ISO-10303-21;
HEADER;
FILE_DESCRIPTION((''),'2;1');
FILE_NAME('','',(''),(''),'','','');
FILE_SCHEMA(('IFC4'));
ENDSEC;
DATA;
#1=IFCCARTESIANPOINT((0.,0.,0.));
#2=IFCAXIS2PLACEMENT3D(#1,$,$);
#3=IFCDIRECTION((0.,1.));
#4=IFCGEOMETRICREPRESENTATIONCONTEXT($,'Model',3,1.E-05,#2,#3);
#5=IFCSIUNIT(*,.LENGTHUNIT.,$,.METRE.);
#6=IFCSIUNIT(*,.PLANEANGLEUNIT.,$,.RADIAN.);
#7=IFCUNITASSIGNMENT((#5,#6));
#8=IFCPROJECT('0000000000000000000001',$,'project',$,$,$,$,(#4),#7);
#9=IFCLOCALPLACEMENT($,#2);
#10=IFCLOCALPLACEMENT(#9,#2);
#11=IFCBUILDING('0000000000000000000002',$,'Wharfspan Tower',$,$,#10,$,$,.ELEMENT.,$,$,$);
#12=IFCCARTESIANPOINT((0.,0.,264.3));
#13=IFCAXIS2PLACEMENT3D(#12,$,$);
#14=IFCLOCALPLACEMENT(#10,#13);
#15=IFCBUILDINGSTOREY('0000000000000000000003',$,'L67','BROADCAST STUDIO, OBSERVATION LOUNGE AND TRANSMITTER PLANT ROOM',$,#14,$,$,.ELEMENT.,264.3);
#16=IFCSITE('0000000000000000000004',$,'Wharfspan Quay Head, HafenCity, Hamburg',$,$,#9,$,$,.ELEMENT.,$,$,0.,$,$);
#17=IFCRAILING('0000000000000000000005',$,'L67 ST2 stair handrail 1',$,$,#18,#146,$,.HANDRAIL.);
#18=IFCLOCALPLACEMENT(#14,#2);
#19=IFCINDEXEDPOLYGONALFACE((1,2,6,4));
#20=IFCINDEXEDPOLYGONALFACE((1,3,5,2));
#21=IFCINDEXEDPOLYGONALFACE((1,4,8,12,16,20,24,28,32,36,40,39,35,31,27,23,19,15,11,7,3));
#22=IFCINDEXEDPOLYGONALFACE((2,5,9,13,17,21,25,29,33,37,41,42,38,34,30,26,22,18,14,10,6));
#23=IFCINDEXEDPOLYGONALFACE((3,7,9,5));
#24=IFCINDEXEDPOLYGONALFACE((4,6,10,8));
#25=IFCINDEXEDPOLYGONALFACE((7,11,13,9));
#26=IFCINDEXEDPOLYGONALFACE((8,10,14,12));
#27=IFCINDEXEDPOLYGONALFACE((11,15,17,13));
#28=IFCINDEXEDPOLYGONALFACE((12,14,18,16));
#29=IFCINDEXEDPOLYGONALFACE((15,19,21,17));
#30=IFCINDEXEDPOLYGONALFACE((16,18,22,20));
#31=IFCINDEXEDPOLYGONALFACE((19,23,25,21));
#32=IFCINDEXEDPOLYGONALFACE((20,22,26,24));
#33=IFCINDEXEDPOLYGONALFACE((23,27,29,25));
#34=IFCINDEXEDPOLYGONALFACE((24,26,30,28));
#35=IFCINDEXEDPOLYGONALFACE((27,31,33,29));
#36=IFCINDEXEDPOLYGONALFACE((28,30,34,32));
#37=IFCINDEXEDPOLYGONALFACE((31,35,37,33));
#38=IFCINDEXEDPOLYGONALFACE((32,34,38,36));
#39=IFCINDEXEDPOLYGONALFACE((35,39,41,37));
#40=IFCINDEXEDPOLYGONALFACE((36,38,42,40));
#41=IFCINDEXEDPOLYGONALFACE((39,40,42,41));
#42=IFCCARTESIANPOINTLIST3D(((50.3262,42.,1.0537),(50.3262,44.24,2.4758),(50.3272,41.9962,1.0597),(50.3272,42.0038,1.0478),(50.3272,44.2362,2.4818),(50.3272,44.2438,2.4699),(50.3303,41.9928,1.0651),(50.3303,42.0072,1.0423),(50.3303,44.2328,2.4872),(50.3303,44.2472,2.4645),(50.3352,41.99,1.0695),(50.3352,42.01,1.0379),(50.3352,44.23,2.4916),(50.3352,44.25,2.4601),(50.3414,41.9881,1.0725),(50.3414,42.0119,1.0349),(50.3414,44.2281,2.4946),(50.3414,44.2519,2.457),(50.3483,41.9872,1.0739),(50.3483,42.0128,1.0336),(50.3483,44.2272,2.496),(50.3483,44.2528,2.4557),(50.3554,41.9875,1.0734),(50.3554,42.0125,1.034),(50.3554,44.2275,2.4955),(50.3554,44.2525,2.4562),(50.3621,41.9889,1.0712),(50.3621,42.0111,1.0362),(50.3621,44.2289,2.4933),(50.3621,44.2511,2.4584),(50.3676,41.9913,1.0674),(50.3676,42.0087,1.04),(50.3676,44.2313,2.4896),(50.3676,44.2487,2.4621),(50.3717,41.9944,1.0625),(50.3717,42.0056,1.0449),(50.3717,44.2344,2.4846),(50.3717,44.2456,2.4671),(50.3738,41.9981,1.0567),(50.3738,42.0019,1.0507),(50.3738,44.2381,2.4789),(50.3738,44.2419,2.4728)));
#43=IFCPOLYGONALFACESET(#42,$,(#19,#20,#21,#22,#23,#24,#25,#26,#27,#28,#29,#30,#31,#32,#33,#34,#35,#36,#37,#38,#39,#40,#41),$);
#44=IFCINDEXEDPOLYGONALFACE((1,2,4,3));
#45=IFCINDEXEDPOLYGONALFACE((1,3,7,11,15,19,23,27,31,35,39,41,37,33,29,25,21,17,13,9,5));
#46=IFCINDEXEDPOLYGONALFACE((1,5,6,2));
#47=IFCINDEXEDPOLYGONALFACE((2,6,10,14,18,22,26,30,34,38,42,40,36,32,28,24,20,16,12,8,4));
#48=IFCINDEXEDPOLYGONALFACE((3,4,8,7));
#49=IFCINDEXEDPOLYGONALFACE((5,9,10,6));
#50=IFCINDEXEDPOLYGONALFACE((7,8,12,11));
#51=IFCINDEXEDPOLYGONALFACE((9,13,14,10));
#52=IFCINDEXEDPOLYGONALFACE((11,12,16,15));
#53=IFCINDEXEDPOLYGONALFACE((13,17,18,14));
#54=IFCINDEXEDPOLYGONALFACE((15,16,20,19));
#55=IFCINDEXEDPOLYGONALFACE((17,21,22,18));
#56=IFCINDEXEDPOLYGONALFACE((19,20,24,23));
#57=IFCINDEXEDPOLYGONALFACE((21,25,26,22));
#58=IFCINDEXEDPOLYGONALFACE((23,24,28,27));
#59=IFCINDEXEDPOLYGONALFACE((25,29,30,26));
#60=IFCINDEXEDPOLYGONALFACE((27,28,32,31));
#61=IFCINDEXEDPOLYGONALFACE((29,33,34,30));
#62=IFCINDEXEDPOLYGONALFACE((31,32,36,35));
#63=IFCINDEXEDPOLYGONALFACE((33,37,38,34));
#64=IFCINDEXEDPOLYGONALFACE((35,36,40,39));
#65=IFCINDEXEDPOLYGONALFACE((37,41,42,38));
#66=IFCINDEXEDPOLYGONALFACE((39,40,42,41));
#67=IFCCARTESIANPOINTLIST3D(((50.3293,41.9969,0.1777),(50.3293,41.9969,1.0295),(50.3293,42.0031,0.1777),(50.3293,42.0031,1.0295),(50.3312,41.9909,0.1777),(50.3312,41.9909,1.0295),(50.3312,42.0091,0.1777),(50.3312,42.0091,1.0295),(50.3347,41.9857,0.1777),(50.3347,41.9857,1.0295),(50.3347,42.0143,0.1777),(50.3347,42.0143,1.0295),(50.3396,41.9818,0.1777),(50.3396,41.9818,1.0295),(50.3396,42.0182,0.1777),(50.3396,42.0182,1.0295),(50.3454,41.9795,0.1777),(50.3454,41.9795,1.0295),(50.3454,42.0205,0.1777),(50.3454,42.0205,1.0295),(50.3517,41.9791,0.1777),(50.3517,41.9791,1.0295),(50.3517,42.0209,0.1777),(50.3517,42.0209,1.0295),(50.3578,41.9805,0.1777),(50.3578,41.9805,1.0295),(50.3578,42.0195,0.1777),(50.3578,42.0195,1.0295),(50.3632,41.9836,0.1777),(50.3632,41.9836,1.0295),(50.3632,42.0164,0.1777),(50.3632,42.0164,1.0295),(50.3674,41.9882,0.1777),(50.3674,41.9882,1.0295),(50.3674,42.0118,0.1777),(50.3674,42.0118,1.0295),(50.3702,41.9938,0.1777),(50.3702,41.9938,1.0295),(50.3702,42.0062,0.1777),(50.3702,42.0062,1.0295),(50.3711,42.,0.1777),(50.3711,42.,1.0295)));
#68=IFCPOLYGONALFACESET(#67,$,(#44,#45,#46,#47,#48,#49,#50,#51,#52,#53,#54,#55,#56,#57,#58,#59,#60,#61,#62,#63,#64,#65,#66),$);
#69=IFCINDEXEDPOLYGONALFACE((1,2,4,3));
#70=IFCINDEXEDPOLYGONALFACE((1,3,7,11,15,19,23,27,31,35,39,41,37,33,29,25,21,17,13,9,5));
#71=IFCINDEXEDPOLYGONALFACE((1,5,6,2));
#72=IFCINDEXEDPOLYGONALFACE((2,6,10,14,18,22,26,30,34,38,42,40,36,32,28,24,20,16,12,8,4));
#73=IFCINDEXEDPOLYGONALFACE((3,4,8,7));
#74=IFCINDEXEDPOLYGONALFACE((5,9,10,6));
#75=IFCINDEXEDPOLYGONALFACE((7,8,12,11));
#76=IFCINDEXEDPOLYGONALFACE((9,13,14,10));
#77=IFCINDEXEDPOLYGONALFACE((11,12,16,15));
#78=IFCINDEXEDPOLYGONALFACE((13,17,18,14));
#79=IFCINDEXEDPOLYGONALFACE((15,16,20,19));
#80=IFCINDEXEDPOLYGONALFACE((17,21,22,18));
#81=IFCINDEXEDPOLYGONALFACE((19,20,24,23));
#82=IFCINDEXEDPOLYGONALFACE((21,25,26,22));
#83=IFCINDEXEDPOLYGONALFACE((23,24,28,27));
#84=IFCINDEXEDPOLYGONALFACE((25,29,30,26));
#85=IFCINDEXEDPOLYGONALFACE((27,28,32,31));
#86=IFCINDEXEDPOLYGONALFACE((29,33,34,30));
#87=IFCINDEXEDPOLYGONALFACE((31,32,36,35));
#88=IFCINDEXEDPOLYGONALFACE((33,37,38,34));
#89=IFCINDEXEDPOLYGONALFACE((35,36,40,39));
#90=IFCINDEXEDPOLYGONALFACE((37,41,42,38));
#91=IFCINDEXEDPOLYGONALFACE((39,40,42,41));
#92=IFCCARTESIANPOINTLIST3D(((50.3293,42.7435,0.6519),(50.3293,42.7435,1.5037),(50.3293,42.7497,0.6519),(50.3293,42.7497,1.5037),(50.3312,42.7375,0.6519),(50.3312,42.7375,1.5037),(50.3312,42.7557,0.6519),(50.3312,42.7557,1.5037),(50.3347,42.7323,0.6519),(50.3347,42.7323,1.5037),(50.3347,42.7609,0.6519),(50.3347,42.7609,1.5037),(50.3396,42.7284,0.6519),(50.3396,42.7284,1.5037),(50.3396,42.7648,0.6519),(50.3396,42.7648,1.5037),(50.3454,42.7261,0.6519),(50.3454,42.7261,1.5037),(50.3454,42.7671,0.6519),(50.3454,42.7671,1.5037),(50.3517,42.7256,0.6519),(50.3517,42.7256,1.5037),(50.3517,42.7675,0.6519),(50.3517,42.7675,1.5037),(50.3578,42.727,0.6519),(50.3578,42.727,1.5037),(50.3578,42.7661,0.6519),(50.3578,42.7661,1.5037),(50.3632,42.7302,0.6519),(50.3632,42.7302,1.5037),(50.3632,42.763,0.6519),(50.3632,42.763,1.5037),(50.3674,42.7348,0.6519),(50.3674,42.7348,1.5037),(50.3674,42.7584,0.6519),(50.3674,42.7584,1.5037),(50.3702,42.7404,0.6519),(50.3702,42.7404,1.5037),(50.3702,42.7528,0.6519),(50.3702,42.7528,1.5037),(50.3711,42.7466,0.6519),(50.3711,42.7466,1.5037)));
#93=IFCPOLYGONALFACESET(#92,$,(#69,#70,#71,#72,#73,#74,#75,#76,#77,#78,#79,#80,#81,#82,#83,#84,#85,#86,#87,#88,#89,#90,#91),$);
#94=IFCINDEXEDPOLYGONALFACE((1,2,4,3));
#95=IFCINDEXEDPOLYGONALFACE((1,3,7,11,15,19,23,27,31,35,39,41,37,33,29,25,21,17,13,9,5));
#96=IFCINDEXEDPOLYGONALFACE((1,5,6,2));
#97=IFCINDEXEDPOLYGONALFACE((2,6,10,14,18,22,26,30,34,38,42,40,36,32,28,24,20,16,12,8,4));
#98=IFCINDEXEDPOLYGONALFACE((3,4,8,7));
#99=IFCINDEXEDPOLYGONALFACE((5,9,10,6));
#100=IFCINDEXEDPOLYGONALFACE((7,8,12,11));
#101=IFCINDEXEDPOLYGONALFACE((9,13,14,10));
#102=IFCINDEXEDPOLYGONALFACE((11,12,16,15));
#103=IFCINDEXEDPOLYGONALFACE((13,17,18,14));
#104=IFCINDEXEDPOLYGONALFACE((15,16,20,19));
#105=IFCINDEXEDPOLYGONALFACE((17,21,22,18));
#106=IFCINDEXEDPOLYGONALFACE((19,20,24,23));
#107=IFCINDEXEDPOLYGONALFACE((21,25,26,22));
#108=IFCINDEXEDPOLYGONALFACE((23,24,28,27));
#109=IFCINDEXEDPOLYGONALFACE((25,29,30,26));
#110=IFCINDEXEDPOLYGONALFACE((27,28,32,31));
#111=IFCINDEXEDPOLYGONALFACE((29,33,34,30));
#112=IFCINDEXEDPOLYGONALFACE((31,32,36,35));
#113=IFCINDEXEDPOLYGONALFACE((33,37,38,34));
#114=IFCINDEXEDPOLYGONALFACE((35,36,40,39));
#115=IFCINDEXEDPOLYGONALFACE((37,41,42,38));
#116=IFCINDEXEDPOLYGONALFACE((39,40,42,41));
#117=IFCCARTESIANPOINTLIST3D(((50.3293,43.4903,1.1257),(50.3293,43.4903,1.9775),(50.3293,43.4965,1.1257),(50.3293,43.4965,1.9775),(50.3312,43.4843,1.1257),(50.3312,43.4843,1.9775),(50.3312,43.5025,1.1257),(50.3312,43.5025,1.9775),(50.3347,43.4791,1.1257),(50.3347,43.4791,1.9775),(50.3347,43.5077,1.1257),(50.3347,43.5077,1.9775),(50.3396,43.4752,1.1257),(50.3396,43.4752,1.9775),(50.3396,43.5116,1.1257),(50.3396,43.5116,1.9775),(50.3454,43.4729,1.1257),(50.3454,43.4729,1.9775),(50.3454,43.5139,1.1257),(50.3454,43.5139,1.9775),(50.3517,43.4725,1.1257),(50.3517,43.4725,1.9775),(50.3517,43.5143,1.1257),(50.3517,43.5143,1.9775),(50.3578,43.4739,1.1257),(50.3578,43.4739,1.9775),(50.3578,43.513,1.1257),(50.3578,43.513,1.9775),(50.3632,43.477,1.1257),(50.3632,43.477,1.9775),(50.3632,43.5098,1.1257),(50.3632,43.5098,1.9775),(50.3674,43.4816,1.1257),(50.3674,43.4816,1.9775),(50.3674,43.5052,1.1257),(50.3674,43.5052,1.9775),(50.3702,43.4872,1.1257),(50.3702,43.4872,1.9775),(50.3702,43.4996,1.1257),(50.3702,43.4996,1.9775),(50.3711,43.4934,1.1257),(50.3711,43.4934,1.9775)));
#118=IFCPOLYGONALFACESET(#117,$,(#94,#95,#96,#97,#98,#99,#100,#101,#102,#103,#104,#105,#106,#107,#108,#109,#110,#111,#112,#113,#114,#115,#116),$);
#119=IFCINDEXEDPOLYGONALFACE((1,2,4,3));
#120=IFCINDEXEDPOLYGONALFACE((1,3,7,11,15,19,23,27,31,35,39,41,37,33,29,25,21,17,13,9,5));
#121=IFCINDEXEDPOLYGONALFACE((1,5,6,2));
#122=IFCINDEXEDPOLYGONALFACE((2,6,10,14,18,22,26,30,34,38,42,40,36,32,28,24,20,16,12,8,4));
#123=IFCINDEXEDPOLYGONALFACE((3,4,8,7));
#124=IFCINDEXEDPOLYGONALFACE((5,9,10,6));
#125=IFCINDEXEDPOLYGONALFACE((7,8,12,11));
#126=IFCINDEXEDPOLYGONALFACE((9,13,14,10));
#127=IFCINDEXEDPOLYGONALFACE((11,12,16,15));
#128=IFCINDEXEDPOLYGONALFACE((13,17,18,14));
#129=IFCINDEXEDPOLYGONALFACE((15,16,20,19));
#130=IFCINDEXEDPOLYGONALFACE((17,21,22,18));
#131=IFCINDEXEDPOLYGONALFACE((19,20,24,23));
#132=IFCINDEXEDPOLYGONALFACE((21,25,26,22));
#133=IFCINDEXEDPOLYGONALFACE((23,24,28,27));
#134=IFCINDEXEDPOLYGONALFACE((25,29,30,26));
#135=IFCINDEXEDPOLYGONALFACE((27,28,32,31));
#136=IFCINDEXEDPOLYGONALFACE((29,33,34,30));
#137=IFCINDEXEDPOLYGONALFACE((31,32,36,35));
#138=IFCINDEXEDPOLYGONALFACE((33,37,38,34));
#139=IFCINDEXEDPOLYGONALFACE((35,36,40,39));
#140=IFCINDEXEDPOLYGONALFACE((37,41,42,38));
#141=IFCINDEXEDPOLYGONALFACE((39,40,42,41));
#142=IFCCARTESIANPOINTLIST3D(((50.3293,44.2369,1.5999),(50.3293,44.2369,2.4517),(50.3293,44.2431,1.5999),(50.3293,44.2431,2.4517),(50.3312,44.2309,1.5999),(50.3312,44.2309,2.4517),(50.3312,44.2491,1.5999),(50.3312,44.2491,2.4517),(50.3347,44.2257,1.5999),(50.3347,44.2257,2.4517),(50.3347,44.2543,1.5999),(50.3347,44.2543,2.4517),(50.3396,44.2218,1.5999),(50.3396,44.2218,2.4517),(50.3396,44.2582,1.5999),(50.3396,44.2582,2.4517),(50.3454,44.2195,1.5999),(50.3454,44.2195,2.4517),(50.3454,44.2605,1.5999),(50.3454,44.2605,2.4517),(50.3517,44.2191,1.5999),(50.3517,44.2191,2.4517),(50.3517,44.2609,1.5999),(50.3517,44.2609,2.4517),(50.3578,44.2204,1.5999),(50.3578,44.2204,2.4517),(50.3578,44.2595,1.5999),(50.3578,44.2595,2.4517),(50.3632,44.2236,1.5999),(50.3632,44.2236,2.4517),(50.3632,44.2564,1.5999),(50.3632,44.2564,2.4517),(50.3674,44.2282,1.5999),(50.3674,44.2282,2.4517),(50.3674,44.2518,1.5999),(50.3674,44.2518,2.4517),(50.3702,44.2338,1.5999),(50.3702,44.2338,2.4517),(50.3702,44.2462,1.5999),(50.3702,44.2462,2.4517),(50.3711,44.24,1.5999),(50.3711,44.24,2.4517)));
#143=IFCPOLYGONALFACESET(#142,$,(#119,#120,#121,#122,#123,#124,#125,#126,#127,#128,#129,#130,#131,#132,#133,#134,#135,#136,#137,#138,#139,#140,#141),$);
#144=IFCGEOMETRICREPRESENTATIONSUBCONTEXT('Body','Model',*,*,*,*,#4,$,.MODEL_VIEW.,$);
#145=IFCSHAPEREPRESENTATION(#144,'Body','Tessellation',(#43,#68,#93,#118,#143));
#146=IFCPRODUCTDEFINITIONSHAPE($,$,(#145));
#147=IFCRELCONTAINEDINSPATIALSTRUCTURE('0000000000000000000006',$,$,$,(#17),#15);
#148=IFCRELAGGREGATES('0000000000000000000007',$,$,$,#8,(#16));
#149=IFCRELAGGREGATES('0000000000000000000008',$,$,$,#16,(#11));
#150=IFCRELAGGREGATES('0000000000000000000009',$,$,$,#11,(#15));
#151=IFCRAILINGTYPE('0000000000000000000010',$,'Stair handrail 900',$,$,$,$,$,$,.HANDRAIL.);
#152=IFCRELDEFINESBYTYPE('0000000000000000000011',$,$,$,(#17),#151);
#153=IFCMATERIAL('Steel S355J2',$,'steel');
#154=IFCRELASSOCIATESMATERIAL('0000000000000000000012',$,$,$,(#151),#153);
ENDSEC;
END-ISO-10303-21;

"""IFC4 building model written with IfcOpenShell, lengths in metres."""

from ifc_helpers import new_model, si_unit, direction, frame, origin, origin_2d, place, context, subcontext, project, spatial, circle, extrude, material, type_object, element, save


model = new_model("IFC4")

# Units and contexts
model_context = context("Model", 3, precision=1e-05, world=origin(), true_north=direction((0.0, 1.0)))
body_context = subcontext(model_context, "Body", "Model", "MODEL_VIEW")
ifc_project = project(units=[si_unit("LENGTHUNIT", "METRE"), si_unit("PLANEANGLEUNIT", "RADIAN")], contexts=[model_context])

# Site, building, storey
site_placement = place(None, origin())
site = spatial("IfcSite", under=ifc_project, at=site_placement, Name="Wharfspan Quay Head, HafenCity, Hamburg", CompositionType="ELEMENT", RefElevation=0.0)
building_placement = place(site_placement, origin())
building = spatial("IfcBuilding", under=site, at=building_placement, Name="Wharfspan Tower", CompositionType="ELEMENT")
storey_placement = place(building_placement, frame((0.0, 0.0, 264.3)))
storey = spatial("IfcBuildingStorey", under=building, at=storey_placement, Name="L67", Description="BROADCAST STUDIO, OBSERVATION LOUNGE AND TRANSMITTER PLANT ROOM", CompositionType="ELEMENT", Elevation=264.3)

# Shared definitions
ifc_material_1 = material(Name="Steel S355J2", Category="steel")

# Railing
railing_type = type_object("IfcRailingType", Name="Stair handrail 900", PredefinedType="HANDRAIL", material=ifc_material_1)
railing_placement = place(storey_placement, frame((50.3501, 42.0, 0.1777)))
element("IfcRailing", 1, at=railing_placement, inside=storey, type_object=railing_type, Name="L67 ST2 stair handrail 1", PredefinedType="HANDRAIL", context=body_context, shape_type="SweptSolid", body=[
    extrude(circle(Radius=0.0239, at=origin_2d()), frame((0.0, 0.0, 0.876), z_axis=(0.0, 0.844229, 0.535982), x_axis=(-1.0, 0.0, 0.0)), (0.0, 0.0, 1.0), 2.6533),
    extrude(circle(Radius=0.021, at=origin_2d()), origin(), (0.0, 0.0, 1.0), 0.8518),
    extrude(circle(Radius=0.021, at=origin_2d()), frame((0.0, 0.7466, 0.4741)), (0.0, 0.0, 1.0), 0.8518),
    extrude(circle(Radius=0.021, at=origin_2d()), frame((0.0, 1.4934, 0.948)), (0.0, 0.0, 1.0), 0.8518),
    extrude(circle(Radius=0.021, at=origin_2d()), frame((0.0, 2.24, 1.4221)), (0.0, 0.0, 1.0), 0.8518),
])

save(model, "model.ifc")
